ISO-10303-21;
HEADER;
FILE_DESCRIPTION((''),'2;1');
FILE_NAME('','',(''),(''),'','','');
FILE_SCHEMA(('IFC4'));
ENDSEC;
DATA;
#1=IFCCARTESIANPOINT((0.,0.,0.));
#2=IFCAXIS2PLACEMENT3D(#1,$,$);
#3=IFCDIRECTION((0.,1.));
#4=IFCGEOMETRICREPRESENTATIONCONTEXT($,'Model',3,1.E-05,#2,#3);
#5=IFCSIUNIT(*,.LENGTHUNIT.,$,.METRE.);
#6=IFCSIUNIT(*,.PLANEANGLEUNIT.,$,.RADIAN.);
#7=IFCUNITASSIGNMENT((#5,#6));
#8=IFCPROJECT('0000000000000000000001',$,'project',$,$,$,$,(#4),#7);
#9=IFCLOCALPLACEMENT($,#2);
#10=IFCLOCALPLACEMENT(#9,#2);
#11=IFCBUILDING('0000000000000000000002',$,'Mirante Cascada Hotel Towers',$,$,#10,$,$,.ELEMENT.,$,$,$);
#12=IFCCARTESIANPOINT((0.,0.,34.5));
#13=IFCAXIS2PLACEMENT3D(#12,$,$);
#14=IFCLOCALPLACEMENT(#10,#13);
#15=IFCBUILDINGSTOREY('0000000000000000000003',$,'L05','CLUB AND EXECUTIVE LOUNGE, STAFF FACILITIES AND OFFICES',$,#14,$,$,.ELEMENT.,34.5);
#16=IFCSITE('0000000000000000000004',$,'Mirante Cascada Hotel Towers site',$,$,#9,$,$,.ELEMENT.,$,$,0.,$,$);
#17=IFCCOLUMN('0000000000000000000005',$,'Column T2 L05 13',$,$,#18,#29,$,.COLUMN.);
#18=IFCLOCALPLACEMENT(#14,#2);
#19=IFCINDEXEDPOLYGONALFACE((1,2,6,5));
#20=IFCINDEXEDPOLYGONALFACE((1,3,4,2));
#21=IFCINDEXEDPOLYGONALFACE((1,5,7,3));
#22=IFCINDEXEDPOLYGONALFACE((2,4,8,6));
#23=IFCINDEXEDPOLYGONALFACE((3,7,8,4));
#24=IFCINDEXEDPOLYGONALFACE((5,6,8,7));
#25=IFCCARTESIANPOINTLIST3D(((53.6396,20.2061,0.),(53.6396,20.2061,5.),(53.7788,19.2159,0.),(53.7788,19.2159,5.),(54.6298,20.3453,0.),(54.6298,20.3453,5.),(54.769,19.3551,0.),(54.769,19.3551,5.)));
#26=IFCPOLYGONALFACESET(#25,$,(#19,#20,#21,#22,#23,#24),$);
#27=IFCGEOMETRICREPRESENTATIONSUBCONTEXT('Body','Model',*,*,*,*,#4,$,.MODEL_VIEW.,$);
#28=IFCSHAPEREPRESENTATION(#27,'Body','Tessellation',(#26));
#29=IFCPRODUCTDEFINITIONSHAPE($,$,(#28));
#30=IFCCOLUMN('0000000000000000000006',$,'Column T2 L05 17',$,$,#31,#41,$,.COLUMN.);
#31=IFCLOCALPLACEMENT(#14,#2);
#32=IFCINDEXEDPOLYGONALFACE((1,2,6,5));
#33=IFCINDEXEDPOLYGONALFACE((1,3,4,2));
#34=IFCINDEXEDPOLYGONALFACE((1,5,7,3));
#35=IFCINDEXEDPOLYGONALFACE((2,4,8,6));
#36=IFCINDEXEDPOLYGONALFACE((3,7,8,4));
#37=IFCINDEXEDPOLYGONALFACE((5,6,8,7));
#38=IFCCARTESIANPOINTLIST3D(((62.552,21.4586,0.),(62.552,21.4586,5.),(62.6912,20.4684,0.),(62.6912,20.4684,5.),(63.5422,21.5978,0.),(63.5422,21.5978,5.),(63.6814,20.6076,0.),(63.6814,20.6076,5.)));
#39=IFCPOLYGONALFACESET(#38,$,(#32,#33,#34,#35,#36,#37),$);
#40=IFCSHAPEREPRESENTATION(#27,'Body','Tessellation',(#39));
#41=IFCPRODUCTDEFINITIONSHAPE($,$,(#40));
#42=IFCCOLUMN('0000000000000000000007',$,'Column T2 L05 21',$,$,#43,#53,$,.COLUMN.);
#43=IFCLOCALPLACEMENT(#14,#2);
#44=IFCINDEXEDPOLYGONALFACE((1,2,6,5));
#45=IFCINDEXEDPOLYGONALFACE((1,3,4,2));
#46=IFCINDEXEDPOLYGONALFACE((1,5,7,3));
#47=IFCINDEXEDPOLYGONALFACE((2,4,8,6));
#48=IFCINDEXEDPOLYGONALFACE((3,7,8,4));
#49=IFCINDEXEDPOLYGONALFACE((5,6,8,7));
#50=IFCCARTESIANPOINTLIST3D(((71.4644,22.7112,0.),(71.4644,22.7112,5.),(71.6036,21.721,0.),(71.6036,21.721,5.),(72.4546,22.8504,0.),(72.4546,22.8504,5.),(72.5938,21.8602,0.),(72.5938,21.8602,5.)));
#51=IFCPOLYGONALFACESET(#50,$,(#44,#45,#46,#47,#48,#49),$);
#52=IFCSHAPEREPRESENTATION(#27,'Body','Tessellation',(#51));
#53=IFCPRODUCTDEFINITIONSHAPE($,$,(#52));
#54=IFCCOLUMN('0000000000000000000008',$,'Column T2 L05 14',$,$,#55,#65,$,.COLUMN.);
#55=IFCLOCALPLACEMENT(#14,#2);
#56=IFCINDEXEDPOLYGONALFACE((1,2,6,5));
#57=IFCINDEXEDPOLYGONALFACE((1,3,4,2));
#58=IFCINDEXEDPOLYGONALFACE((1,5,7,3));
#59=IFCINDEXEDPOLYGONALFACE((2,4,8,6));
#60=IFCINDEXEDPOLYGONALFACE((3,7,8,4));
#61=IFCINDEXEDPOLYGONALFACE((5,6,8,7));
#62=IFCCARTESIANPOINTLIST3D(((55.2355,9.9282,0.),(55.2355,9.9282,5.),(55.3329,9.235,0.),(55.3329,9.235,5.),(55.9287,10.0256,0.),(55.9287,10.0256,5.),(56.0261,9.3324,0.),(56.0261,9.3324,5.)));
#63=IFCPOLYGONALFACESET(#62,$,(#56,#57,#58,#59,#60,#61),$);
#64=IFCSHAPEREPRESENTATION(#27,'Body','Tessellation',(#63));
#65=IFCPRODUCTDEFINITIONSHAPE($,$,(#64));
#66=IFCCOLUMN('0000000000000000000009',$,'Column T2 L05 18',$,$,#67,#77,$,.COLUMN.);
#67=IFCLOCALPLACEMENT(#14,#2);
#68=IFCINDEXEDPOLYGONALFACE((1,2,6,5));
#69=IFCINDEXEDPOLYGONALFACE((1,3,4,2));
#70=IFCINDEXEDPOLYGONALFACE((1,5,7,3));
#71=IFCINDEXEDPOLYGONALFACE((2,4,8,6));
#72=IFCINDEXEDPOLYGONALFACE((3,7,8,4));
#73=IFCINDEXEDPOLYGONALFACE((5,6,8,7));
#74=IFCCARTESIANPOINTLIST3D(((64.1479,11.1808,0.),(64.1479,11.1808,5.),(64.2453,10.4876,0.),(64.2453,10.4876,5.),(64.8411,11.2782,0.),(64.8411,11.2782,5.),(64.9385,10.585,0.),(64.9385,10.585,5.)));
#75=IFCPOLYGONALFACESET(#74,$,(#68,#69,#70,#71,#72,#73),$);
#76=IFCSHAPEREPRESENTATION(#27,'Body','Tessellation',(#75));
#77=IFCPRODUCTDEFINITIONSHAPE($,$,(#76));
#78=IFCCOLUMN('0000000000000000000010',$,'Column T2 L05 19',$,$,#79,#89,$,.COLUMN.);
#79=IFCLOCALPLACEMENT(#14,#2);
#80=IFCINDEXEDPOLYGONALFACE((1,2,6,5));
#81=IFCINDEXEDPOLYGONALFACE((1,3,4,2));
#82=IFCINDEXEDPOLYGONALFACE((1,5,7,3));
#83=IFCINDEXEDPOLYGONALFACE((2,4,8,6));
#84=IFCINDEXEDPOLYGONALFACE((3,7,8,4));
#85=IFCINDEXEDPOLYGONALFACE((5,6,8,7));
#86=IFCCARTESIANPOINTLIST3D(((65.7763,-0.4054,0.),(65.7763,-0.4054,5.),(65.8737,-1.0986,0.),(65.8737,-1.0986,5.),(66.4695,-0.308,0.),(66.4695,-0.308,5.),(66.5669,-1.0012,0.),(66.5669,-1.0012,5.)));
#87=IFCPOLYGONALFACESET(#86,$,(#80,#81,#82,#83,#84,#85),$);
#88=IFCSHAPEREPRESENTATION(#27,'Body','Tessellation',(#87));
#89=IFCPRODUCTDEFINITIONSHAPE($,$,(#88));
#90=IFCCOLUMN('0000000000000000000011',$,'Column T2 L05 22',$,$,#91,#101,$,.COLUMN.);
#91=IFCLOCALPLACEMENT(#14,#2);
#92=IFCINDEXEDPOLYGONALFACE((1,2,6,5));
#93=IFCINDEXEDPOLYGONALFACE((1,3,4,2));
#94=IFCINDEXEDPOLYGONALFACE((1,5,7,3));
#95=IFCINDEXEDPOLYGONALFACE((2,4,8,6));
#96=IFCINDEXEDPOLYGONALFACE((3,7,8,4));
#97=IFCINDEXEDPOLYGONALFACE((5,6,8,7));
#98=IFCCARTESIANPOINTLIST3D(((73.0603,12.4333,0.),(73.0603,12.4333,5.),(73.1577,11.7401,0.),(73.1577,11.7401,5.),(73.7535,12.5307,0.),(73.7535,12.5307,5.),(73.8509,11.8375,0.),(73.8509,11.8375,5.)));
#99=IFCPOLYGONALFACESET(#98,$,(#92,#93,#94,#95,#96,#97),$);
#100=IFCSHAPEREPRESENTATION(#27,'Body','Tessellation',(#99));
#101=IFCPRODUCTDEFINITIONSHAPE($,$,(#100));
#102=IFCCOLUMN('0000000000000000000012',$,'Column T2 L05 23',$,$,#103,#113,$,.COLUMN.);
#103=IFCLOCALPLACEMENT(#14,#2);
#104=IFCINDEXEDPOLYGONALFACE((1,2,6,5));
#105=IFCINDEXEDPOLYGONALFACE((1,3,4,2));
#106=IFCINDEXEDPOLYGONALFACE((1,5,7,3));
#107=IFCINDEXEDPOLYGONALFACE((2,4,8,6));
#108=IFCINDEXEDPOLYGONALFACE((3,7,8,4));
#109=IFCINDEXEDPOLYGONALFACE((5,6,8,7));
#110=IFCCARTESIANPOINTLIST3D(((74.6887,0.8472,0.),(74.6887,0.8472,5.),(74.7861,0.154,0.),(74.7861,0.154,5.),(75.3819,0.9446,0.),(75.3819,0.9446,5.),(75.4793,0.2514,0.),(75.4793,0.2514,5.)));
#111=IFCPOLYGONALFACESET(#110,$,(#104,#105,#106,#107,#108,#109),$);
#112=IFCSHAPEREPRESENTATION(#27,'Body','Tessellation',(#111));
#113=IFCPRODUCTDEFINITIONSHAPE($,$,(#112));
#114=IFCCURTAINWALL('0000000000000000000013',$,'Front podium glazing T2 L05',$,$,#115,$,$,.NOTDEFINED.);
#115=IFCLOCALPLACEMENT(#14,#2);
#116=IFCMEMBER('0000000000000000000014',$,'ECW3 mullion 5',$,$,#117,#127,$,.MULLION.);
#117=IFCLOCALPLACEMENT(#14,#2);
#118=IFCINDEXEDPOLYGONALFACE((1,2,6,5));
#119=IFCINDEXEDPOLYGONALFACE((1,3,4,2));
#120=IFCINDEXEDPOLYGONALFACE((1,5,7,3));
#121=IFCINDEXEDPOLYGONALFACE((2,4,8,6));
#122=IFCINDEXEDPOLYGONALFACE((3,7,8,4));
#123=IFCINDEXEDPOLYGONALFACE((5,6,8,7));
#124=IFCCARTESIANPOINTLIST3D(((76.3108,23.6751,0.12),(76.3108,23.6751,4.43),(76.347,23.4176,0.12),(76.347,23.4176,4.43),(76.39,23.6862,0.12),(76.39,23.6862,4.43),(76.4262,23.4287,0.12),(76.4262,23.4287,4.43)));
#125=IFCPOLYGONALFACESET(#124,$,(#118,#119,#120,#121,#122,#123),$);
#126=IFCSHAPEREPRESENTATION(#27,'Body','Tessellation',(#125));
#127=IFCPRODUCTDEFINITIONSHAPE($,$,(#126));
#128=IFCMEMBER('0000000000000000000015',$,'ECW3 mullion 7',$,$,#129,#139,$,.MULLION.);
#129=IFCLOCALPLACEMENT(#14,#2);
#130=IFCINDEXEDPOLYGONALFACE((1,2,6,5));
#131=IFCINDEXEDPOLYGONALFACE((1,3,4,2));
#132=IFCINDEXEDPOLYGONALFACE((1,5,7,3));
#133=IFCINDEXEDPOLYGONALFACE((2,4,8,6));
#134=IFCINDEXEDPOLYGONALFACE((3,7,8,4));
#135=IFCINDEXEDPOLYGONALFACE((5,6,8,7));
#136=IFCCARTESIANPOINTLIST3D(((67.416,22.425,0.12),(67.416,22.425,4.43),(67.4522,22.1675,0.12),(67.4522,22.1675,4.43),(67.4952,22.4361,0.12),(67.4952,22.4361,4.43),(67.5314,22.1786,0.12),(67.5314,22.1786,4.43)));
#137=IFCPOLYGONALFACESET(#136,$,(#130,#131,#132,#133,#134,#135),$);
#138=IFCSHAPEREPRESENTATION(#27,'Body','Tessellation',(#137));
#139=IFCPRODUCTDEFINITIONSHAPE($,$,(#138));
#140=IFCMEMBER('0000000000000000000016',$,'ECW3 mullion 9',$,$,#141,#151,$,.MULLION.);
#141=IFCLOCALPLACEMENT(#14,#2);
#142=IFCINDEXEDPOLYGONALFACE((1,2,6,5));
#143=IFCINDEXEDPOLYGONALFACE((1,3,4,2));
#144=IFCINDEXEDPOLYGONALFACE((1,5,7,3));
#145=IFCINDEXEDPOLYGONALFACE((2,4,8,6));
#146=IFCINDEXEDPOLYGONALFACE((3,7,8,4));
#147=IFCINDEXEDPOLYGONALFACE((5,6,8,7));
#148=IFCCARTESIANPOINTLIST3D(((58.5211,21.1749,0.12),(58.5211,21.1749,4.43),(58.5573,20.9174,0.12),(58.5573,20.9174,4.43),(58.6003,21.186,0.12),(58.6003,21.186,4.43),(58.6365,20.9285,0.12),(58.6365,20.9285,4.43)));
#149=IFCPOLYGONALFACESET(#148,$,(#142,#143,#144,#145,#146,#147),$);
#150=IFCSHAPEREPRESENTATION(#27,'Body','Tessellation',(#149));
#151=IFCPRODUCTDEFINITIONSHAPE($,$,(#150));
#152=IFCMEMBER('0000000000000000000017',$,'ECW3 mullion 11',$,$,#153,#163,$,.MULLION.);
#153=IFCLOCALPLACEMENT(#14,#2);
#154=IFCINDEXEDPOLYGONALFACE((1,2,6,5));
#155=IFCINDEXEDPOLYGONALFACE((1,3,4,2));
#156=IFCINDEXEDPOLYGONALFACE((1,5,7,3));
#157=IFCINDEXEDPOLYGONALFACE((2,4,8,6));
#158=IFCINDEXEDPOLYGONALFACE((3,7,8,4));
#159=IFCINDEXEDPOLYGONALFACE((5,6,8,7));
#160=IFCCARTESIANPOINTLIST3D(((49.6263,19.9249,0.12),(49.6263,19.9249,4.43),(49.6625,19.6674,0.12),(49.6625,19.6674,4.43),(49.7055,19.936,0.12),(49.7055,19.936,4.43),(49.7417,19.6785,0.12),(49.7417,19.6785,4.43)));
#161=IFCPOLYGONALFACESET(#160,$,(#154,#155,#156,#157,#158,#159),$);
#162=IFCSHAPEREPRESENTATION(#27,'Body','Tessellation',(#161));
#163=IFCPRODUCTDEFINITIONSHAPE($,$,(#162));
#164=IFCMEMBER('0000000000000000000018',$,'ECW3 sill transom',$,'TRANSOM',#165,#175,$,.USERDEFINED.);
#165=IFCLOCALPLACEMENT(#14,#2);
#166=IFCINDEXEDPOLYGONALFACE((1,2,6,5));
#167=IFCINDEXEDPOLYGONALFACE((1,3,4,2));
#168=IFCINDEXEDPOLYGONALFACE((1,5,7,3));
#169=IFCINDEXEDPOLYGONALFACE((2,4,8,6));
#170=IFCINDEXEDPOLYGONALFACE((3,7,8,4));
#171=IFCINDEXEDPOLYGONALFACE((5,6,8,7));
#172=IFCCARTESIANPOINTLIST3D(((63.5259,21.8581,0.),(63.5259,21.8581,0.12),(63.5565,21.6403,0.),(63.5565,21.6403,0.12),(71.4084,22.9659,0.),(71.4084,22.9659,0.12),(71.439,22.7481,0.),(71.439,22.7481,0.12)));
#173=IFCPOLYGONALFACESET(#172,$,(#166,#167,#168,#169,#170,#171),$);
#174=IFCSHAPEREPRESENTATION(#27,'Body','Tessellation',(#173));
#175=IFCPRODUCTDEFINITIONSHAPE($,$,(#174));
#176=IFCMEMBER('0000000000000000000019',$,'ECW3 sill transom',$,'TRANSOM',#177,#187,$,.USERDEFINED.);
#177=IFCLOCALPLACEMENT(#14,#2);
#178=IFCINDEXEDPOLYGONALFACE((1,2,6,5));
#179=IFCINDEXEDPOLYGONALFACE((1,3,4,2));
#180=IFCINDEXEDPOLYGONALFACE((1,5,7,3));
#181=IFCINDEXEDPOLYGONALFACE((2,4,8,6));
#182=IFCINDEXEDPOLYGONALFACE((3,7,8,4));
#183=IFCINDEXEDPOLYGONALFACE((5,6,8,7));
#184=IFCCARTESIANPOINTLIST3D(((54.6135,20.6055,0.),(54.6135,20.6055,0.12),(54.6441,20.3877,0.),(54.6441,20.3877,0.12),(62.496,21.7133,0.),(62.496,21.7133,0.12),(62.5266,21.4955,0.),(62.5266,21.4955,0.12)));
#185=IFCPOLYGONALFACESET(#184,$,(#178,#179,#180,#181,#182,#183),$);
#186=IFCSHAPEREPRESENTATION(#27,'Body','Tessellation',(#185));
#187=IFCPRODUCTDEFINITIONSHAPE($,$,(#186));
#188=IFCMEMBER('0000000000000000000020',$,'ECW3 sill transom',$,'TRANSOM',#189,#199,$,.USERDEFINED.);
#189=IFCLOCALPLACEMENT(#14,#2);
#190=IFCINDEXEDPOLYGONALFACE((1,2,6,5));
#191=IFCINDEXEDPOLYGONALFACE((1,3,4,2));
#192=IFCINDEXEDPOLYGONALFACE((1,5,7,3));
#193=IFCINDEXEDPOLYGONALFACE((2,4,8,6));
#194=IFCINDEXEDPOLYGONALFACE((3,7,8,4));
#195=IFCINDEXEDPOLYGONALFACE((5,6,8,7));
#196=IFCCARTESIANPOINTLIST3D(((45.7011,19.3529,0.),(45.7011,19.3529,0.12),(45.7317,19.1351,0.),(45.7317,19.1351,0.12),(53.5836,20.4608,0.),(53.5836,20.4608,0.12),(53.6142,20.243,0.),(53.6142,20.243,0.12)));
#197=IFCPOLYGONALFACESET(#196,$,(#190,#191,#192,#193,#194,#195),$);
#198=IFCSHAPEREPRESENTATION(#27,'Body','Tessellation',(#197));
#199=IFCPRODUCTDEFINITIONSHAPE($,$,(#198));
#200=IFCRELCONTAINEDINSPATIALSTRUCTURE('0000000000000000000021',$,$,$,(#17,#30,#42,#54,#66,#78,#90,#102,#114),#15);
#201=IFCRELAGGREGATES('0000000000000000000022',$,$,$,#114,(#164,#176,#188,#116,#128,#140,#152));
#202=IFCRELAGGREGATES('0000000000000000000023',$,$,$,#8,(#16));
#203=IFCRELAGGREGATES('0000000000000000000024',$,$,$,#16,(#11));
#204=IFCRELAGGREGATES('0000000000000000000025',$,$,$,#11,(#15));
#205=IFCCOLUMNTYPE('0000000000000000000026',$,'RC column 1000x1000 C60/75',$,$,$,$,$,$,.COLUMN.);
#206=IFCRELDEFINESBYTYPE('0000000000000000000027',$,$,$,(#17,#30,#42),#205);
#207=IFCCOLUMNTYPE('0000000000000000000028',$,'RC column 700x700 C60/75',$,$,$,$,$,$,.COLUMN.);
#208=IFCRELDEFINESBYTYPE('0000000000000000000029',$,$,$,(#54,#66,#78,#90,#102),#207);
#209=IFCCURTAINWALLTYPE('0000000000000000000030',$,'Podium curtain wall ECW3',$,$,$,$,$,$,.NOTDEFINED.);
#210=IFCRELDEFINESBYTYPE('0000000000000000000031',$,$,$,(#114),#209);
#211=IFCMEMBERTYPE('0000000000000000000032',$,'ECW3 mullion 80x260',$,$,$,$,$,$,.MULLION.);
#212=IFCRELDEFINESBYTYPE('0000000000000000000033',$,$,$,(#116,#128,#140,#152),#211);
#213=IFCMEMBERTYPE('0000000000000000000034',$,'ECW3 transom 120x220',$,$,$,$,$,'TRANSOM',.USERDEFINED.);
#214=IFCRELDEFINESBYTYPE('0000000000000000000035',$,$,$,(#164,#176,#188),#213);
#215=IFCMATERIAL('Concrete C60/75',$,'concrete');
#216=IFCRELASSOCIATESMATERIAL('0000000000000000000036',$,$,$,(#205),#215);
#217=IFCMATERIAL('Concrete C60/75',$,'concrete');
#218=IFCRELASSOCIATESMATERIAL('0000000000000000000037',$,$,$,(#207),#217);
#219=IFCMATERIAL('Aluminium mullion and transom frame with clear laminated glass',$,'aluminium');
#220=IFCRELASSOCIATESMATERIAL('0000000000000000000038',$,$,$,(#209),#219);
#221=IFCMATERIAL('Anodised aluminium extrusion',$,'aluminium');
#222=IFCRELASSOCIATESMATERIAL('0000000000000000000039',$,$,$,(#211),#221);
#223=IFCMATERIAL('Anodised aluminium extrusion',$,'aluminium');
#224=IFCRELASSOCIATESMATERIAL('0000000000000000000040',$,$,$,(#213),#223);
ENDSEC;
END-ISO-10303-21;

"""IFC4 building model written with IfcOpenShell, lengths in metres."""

from ifc_helpers import new_model, si_unit, direction, frame, origin, origin_2d, place, context, subcontext, project, spatial, rectangle, extrude, material, material_profile, profile_set, type_object, element, aggregate, save


model = new_model("IFC4")

# Units and contexts
model_context = context("Model", 3, precision=1e-05, world=origin(), true_north=direction((0.0, 1.0)))
body_context = subcontext(model_context, "Body", "Model", "MODEL_VIEW")
ifc_project = project(units=[si_unit("LENGTHUNIT", "METRE"), si_unit("PLANEANGLEUNIT", "RADIAN")], contexts=[model_context])

# Site, building, storey
site_placement = place(None, origin())
site = spatial("IfcSite", under=ifc_project, at=site_placement, Name="Mirante Cascada Hotel Towers site", CompositionType="ELEMENT", RefElevation=0.0)
building_placement = place(site_placement, origin())
building = spatial("IfcBuilding", under=site, at=building_placement, Name="Mirante Cascada Hotel Towers", CompositionType="ELEMENT")
storey_placement = place(building_placement, frame((0.0, 0.0, 34.5)))
storey = spatial("IfcBuildingStorey", under=building, at=storey_placement, Name="L05", Description="CLUB AND EXECUTIVE LOUNGE, STAFF FACILITIES AND OFFICES", CompositionType="ELEMENT", Elevation=34.5)

# Columns
ifc_material_1 = material(Name="Concrete C60/75", Category="concrete")
ifc_material_profile_1 = material_profile(ifc_material_1, rectangle(XDim=1.0, YDim=1.0, at=origin_2d()), Name="RC column 1000x1000 C60/75")
ifc_profile_set_1 = profile_set([ifc_material_profile_1], Name="Concrete C60/75")
column_type_1 = type_object("IfcColumnType", Name="RC column 1000x1000 C60/75", PredefinedType="COLUMN", material=ifc_profile_set_1)
for number, where, z_axis, x_axis, name in (
    (1, (54.2043, 19.7806, 0.0), (0.0, 0.0, 1.0), (0.990268, 0.139173, 0.0), "Column T2 L05 13"),
    (2, (63.1167, 21.0331, 0.0), (0.0, 0.0, 1.0), (0.990268, 0.139173, 0.0), "Column T2 L05 17"),
    (3, (72.0291, 22.2857, 0.0), (0.0, 0.0, 1.0), (0.990268, 0.139173, 0.0), "Column T2 L05 21"),
):
    element("IfcColumn", number, at=place(storey_placement, frame(where, z_axis=z_axis, x_axis=x_axis)), inside=storey, type_object=column_type_1, Name=name, PredefinedType="COLUMN", context=body_context, shape_type="SweptSolid", body=[
        extrude(rectangle(XDim=1.0, YDim=1.0, at=origin_2d()), origin(), (0.0, 0.0, 1.0), 5.0),
    ])
ifc_material_2 = material(Name="Concrete C60/75", Category="concrete")
ifc_material_profile_2 = material_profile(ifc_material_2, rectangle(XDim=0.7, YDim=0.7, at=origin_2d()), Name="RC column 700x700 C60/75")
ifc_profile_set_2 = profile_set([ifc_material_profile_2], Name="Concrete C60/75")
column_type_2 = type_object("IfcColumnType", Name="RC column 700x700 C60/75", PredefinedType="COLUMN", material=ifc_profile_set_2)
for number, where, z_axis, x_axis, name in (
    (4, (55.6308, 9.6303, 0.0), (0.0, 0.0, 1.0), (0.990268, 0.139173, 0.0), "Column T2 L05 14"),
    (5, (64.5432, 10.8829, 0.0), (0.0, 0.0, 1.0), (0.990268, 0.139173, 0.0), "Column T2 L05 18"),
    (6, (66.1716, -0.7033, 0.0), (0.0, 0.0, 1.0), (0.990268, 0.139173, 0.0), "Column T2 L05 19"),
    (7, (73.4556, 12.1354, 0.0), (0.0, 0.0, 1.0), (0.990268, 0.139173, 0.0), "Column T2 L05 22"),
    (8, (75.084, 0.5493, 0.0), (0.0, 0.0, 1.0), (0.990268, 0.139173, 0.0), "Column T2 L05 23"),
):
    element("IfcColumn", number, at=place(storey_placement, frame(where, z_axis=z_axis, x_axis=x_axis)), inside=storey, type_object=column_type_2, Name=name, PredefinedType="COLUMN", context=body_context, shape_type="SweptSolid", body=[
        extrude(rectangle(XDim=0.7, YDim=0.7, at=origin_2d()), origin(), (0.0, 0.0, 1.0), 5.0),
    ])

# Curtain wall, members
ifc_material_3 = material(Name="Aluminium mullion and transom frame with clear laminated glass", Category="aluminium")
curtain_wall_type = type_object("IfcCurtainWallType", Name="Podium curtain wall ECW3", PredefinedType="NOTDEFINED", material=ifc_material_3)
curtain_wall_placement = place(storey_placement, origin())
curtain_wall = element("IfcCurtainWall", 9, at=curtain_wall_placement, inside=storey, type_object=curtain_wall_type, Name="Front podium glazing T2 L05", PredefinedType="NOTDEFINED")
ifc_material_4 = material(Name="Anodised aluminium extrusion", Category="aluminium")
ifc_material_profile_3 = material_profile(ifc_material_4, rectangle(XDim=0.26, YDim=0.08, at=origin_2d()), Name="ECW3 MULLION 80x260")
ifc_profile_set_3 = profile_set([ifc_material_profile_3], Name="Anodised aluminium extrusion")
member_type_1 = type_object("IfcMemberType", Name="ECW3 mullion 80x260", PredefinedType="MULLION", material=ifc_profile_set_3)
member_1_placement = place(storey_placement, frame((76.3685, 23.5519, 0.12), z_axis=(0.0, 0.0, 1.0), x_axis=(0.139173, -0.990268, 0.0)))
member_1 = element("IfcMember", 10, at=member_1_placement, type_object=member_type_1, Name="ECW3 mullion 5", PredefinedType="MULLION", context=body_context, shape_type="SweptSolid", body=[
    extrude(rectangle(XDim=0.26, YDim=0.08, at=origin_2d()), origin(), (0.0, 0.0, 1.0), 4.31),
])
member_2_placement = place(storey_placement, frame((67.4737, 22.3018, 0.12), z_axis=(0.0, 0.0, 1.0), x_axis=(0.139173, -0.990268, 0.0)))
member_2 = element("IfcMember", 11, at=member_2_placement, type_object=member_type_1, Name="ECW3 mullion 7", PredefinedType="MULLION", context=body_context, shape_type="SweptSolid", body=[
    extrude(rectangle(XDim=0.26, YDim=0.08, at=origin_2d()), origin(), (0.0, 0.0, 1.0), 4.31),
])
member_3_placement = place(storey_placement, frame((58.5788, 21.0517, 0.12), z_axis=(0.0, 0.0, 1.0), x_axis=(0.139173, -0.990268, 0.0)))
member_3 = element("IfcMember", 12, at=member_3_placement, type_object=member_type_1, Name="ECW3 mullion 9", PredefinedType="MULLION", context=body_context, shape_type="SweptSolid", body=[
    extrude(rectangle(XDim=0.26, YDim=0.08, at=origin_2d()), origin(), (0.0, 0.0, 1.0), 4.31),
])
member_4_placement = place(storey_placement, frame((49.684, 19.8017, 0.12), z_axis=(0.0, 0.0, 1.0), x_axis=(0.139173, -0.990268, 0.0)))
member_4 = element("IfcMember", 13, at=member_4_placement, type_object=member_type_1, Name="ECW3 mullion 11", PredefinedType="MULLION", context=body_context, shape_type="SweptSolid", body=[
    extrude(rectangle(XDim=0.26, YDim=0.08, at=origin_2d()), origin(), (0.0, 0.0, 1.0), 4.31),
])
ifc_material_5 = material(Name="Anodised aluminium extrusion", Category="aluminium")
ifc_material_profile_4 = material_profile(ifc_material_5, rectangle(XDim=0.22, YDim=0.12, at=origin_2d()), Name="ECW3 TRANSOM 120x220")
ifc_profile_set_4 = profile_set([ifc_material_profile_4], Name="Anodised aluminium extrusion")
member_type_2 = type_object("IfcMemberType", Name="ECW3 transom 120x220", ElementType="TRANSOM", PredefinedType="USERDEFINED", material=ifc_profile_set_4)
member_5_placement = place(storey_placement, frame((71.4237, 22.857, 0.06), z_axis=(-0.990268, -0.139172, 0.0), x_axis=(0.139172, -0.990268, 0.0)))
member_5 = element("IfcMember", 14, at=member_5_placement, type_object=member_type_2, Name="ECW3 sill transom", ObjectType="TRANSOM", PredefinedType="USERDEFINED", context=body_context, shape_type="SweptSolid", body=[
    extrude(rectangle(XDim=0.22, YDim=0.12, at=origin_2d()), origin(), (0.0, 0.0, 1.0), 7.96),
])
member_6_placement = place(storey_placement, frame((62.5113, 21.6044, 0.06), z_axis=(-0.990268, -0.139172, 0.0), x_axis=(0.139172, -0.990268, 0.0)))
member_6 = element("IfcMember", 15, at=member_6_placement, type_object=member_type_2, Name="ECW3 sill transom", ObjectType="TRANSOM", PredefinedType="USERDEFINED", context=body_context, shape_type="SweptSolid", body=[
    extrude(rectangle(XDim=0.22, YDim=0.12, at=origin_2d()), origin(), (0.0, 0.0, 1.0), 7.96),
])
member_7_placement = place(storey_placement, frame((53.5989, 20.3519, 0.06), z_axis=(-0.990267, -0.139184, 0.0), x_axis=(0.139184, -0.990267, 0.0)))
member_7 = element("IfcMember", 16, at=member_7_placement, type_object=member_type_2, Name="ECW3 sill transom", ObjectType="TRANSOM", PredefinedType="USERDEFINED", context=body_context, shape_type="SweptSolid", body=[
    extrude(rectangle(XDim=0.22, YDim=0.12, at=origin_2d()), origin(), (0.0, 0.0, 1.0), 7.96),
])
aggregate(curtain_wall, [member_5, member_6, member_7, member_1, member_2, member_3, member_4])

save(model, "model.ifc")
